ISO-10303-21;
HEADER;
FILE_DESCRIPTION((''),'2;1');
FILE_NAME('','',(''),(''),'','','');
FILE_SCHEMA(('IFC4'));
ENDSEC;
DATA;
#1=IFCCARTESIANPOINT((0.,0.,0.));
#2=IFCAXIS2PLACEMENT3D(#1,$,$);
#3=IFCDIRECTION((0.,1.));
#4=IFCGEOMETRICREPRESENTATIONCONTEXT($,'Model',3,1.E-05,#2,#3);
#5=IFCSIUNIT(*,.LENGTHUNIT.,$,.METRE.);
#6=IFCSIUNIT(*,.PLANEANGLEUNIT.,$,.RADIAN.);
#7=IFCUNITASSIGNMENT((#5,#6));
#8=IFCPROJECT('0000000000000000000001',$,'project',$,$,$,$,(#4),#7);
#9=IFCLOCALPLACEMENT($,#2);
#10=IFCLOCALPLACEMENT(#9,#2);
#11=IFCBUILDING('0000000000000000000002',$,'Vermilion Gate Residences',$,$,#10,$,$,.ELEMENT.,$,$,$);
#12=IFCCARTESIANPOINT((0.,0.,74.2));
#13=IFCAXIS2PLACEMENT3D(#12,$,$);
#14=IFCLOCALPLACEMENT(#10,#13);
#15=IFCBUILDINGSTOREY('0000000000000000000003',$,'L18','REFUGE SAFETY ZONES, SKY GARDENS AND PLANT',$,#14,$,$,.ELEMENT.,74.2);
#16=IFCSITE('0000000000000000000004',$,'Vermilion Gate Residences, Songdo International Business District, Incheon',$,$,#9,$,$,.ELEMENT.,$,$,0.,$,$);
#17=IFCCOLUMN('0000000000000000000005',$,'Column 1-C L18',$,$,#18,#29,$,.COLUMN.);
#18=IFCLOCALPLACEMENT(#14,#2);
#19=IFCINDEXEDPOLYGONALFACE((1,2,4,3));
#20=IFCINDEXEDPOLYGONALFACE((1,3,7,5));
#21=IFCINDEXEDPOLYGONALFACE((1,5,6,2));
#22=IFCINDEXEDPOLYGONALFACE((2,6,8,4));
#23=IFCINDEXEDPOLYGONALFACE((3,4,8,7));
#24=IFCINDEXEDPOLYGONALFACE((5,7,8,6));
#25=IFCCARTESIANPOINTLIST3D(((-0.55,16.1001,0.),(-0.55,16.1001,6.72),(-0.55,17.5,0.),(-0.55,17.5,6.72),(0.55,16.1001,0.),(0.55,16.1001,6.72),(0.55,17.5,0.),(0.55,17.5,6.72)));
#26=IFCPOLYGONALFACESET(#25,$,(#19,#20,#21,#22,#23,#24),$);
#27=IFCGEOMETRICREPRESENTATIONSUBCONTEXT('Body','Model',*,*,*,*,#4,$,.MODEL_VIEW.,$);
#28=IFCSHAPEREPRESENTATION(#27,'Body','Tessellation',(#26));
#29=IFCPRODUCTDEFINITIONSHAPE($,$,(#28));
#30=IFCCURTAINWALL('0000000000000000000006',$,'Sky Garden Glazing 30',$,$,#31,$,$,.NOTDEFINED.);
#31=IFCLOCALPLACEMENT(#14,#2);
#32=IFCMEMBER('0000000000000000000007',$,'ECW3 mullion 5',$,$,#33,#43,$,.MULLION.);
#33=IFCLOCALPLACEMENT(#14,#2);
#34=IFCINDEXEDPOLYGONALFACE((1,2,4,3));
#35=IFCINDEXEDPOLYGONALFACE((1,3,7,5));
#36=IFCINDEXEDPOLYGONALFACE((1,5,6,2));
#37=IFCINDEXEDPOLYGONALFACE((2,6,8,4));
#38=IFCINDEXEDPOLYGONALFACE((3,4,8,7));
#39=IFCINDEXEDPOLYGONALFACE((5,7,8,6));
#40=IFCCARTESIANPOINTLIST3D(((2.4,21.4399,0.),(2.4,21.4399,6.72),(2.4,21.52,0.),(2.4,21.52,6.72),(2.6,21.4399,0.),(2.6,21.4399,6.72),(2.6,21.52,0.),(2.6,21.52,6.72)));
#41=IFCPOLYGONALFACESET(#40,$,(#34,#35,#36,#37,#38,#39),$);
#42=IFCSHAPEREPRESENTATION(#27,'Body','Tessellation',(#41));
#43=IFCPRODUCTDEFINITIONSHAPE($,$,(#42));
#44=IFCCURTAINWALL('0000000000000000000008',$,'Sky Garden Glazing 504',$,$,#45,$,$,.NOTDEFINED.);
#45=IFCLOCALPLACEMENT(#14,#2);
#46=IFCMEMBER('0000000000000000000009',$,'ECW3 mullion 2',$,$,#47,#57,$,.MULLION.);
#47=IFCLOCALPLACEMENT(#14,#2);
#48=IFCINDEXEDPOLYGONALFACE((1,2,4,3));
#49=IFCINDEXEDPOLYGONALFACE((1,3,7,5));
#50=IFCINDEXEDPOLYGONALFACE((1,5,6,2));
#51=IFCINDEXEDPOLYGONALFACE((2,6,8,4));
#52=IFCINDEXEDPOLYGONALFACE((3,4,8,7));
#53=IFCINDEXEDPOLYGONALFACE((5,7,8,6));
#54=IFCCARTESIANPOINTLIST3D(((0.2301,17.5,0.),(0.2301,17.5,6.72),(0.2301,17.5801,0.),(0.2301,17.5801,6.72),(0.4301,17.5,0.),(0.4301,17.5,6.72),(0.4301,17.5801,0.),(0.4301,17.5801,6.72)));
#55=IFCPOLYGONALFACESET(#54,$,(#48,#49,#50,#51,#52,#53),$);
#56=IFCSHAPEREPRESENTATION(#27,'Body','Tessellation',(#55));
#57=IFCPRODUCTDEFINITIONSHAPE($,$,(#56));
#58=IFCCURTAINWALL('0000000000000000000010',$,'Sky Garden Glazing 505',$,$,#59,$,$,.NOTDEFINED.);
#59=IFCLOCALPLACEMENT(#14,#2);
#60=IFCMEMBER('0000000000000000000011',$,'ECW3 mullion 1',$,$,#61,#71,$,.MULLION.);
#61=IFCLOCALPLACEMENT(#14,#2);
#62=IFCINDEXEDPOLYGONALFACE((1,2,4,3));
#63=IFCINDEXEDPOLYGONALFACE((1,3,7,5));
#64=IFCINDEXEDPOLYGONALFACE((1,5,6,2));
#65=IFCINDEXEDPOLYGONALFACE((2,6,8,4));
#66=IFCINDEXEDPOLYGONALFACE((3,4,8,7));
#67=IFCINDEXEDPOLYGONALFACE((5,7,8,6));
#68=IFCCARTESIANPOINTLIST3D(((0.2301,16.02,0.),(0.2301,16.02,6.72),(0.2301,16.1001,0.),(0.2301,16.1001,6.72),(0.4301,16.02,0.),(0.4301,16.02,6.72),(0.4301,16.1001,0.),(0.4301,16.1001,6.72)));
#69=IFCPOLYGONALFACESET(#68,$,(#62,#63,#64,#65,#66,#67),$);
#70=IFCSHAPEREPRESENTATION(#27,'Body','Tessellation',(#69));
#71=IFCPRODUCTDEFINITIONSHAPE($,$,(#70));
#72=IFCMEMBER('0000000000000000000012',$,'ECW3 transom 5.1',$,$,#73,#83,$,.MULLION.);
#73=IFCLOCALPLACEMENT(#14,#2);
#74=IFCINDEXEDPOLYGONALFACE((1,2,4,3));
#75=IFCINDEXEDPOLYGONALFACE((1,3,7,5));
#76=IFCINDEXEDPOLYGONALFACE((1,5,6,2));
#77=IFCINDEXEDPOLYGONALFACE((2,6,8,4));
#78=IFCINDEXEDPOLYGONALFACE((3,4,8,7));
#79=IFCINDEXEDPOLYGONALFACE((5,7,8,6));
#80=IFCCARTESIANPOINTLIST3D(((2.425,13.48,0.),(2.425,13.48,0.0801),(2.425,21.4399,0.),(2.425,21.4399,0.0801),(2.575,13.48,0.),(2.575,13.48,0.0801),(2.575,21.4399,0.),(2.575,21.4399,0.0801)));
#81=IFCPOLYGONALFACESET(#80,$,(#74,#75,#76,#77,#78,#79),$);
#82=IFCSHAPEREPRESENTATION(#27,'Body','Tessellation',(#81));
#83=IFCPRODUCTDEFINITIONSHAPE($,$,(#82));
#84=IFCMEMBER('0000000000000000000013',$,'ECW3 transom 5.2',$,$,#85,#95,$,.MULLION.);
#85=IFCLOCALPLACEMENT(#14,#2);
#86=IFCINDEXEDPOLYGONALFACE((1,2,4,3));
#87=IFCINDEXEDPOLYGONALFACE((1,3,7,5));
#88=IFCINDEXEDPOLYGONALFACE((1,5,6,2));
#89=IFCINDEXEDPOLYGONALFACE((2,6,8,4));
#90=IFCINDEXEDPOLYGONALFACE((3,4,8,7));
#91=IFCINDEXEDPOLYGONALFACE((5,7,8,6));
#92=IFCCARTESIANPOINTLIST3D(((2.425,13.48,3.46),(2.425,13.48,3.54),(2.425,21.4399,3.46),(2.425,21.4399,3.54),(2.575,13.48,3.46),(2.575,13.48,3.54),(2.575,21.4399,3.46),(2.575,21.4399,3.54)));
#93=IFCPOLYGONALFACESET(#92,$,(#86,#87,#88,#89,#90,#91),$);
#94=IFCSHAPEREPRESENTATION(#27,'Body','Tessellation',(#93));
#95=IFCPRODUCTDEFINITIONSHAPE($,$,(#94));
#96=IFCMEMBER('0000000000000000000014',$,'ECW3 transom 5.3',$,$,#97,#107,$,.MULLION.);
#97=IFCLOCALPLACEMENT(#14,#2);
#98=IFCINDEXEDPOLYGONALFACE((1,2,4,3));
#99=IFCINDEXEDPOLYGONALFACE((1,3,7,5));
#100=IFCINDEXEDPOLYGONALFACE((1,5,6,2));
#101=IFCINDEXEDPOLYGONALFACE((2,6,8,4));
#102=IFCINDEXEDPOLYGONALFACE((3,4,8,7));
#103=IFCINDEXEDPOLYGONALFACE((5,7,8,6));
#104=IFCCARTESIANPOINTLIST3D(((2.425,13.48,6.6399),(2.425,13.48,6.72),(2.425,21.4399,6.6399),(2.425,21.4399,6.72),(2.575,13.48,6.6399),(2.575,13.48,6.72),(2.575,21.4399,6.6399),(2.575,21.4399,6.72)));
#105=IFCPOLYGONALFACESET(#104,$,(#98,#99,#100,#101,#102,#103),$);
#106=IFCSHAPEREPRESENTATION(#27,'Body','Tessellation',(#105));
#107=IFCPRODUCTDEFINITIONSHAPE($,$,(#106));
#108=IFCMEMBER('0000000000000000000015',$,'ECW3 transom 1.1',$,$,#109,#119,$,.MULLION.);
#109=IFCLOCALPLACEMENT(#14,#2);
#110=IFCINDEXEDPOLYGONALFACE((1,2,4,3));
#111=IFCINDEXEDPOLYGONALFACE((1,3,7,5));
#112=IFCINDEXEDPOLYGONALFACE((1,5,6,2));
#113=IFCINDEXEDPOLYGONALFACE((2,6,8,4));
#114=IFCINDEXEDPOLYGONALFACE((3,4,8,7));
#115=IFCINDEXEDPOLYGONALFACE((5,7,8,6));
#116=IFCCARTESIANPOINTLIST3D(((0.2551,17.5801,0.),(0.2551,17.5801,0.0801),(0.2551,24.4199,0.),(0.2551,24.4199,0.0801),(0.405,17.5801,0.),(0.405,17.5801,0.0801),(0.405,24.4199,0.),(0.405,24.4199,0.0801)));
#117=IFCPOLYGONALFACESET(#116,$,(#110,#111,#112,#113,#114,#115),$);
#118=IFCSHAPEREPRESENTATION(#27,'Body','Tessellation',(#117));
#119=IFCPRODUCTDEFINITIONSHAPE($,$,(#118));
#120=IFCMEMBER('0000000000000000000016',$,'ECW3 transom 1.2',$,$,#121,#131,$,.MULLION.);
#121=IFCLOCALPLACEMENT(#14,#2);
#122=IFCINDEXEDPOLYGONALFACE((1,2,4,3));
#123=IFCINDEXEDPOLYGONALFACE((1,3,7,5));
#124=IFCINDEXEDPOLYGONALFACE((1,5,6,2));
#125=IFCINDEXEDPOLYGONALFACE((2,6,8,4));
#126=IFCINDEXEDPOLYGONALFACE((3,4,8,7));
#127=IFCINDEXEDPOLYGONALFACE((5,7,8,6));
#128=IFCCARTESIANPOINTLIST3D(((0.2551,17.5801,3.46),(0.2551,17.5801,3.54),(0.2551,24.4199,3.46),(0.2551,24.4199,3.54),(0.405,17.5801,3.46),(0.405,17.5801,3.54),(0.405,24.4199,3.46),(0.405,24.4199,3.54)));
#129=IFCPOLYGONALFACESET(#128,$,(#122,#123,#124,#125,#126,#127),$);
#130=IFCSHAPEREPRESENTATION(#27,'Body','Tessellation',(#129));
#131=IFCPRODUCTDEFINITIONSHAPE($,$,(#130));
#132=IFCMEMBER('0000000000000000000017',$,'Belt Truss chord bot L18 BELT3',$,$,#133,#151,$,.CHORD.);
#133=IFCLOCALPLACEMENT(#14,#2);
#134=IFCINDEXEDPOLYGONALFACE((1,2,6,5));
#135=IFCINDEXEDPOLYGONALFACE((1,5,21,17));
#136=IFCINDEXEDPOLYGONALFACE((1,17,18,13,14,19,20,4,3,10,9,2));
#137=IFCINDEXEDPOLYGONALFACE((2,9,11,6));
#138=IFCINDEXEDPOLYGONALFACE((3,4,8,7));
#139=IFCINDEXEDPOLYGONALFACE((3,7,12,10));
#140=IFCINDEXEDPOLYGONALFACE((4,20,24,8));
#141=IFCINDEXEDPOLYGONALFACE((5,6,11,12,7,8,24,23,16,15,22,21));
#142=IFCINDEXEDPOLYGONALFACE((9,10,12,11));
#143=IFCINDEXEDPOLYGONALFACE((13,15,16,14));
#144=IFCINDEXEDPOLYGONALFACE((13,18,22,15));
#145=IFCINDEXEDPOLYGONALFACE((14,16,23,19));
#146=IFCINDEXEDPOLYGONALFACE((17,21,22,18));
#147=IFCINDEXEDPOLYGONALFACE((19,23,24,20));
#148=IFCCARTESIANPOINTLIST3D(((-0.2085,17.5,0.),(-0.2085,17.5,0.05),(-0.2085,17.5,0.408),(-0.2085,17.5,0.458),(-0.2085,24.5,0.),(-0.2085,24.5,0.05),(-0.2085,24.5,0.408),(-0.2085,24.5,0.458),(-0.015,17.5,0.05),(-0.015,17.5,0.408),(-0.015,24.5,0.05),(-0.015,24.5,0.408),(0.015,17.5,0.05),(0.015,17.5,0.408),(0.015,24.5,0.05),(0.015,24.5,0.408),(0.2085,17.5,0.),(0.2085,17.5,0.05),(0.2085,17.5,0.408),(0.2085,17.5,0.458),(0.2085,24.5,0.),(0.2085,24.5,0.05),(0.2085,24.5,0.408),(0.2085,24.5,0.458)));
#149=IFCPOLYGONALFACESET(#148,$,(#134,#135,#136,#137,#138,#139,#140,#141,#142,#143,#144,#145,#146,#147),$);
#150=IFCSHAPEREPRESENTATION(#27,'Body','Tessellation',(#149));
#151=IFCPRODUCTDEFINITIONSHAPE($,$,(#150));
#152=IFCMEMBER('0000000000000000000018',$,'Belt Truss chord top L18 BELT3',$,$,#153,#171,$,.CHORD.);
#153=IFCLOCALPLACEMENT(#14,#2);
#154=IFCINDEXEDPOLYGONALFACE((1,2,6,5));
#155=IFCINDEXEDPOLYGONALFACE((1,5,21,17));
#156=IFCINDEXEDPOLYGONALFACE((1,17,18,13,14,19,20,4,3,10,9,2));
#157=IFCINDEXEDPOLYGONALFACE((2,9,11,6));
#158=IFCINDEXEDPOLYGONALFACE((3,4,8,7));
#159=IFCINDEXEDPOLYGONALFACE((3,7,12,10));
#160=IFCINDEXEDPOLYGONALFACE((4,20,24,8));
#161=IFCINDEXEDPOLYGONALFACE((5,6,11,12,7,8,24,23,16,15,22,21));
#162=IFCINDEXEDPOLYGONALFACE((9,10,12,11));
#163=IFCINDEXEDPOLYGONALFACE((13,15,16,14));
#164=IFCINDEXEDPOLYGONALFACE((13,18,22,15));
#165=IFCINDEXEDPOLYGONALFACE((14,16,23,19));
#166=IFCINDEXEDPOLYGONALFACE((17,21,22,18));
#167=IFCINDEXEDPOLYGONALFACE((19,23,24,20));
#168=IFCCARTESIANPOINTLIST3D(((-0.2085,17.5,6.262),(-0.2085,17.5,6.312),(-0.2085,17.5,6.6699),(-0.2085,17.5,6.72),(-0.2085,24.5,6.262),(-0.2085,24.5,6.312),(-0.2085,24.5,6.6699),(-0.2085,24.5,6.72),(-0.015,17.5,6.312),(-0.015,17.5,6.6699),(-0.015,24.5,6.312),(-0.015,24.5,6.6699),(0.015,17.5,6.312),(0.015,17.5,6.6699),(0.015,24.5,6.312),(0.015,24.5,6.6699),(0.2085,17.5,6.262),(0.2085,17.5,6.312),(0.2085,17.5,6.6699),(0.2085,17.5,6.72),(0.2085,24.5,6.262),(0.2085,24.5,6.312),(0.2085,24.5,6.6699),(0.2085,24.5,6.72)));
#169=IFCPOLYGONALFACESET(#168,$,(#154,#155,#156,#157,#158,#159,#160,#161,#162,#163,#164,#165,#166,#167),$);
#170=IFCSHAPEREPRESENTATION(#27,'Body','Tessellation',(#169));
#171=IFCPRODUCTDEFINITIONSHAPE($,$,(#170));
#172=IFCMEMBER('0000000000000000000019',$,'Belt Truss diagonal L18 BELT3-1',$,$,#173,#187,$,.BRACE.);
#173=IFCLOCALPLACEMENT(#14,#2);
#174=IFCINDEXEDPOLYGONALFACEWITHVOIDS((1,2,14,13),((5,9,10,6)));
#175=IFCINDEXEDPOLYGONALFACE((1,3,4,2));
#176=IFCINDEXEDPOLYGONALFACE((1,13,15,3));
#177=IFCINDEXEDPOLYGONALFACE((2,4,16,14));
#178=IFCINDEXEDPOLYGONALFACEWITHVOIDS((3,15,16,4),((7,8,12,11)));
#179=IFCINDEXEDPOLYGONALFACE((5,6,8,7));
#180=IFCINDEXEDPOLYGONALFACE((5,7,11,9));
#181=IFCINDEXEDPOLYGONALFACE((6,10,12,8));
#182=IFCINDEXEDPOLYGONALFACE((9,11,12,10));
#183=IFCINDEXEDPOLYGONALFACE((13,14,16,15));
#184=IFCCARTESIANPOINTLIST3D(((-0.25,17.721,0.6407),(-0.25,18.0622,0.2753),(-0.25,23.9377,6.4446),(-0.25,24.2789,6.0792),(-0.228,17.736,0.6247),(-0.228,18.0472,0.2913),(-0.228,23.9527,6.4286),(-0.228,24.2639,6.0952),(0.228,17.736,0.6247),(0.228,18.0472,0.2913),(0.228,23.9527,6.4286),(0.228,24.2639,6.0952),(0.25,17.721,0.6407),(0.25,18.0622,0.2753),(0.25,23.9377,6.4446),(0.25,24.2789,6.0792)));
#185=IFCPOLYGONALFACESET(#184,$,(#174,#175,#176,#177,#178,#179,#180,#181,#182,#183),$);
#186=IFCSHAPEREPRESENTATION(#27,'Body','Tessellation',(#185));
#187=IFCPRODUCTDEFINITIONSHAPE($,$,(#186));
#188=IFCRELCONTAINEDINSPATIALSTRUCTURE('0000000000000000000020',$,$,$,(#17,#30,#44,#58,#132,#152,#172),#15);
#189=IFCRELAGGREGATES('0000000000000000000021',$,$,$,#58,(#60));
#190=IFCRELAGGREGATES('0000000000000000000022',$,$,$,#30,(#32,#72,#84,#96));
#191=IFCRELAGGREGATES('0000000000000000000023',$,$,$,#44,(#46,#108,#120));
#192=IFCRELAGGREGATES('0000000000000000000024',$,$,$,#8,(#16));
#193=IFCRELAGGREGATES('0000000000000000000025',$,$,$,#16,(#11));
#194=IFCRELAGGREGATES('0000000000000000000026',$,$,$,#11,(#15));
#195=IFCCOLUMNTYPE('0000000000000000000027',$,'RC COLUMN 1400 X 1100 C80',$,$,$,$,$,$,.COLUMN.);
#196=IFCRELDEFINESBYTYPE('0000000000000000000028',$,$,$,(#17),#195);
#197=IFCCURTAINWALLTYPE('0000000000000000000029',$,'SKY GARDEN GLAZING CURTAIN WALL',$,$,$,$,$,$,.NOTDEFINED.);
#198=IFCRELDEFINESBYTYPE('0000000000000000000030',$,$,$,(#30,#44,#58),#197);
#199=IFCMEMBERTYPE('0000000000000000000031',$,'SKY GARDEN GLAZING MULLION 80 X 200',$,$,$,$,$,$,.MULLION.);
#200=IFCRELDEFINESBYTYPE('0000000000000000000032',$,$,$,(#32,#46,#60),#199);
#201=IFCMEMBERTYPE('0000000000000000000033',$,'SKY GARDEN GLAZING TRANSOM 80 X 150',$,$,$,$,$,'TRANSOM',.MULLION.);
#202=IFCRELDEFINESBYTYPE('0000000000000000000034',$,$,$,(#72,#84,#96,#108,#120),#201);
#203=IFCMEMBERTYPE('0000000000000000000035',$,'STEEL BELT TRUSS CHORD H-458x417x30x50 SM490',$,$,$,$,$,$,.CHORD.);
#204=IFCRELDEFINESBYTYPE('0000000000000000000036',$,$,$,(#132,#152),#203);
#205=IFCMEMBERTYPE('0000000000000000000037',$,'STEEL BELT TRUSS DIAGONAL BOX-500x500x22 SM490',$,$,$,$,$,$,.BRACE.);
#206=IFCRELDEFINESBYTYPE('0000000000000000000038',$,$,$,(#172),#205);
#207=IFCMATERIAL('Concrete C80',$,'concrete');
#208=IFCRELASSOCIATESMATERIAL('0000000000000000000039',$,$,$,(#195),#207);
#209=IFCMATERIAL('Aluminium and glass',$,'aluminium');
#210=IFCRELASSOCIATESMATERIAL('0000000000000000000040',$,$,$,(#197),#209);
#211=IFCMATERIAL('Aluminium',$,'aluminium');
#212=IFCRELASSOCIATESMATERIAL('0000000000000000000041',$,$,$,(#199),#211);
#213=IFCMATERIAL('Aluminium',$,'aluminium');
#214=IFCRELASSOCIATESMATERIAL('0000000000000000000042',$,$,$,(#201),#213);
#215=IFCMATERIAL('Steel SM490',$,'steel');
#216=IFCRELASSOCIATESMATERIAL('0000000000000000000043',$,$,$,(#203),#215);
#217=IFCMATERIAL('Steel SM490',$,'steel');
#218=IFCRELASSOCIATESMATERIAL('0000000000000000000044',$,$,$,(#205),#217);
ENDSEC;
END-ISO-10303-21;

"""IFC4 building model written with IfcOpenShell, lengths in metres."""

from ifc_helpers import new_model, si_unit, direction, frame, origin, origin_2d, place, context, subcontext, project, spatial, rectangle, hollow_rectangle, i_section, extrude, material, material_profile, profile_set, type_object, element, aggregate, save


model = new_model("IFC4")

# Units and contexts
model_context = context("Model", 3, precision=1e-05, world=origin(), true_north=direction((0.0, 1.0)))
body_context = subcontext(model_context, "Body", "Model", "MODEL_VIEW")
ifc_project = project(units=[si_unit("LENGTHUNIT", "METRE"), si_unit("PLANEANGLEUNIT", "RADIAN")], contexts=[model_context])

# Site, building, storey
site_placement = place(None, origin())
site = spatial("IfcSite", under=ifc_project, at=site_placement, Name="Vermilion Gate Residences, Songdo International Business District, Incheon", CompositionType="ELEMENT", RefElevation=0.0)
building_placement = place(site_placement, origin())
building = spatial("IfcBuilding", under=site, at=building_placement, Name="Vermilion Gate Residences", CompositionType="ELEMENT")
storey_placement = place(building_placement, frame((0.0, 0.0, 74.2)))
storey = spatial("IfcBuildingStorey", under=building, at=storey_placement, Name="L18", Description="REFUGE SAFETY ZONES, SKY GARDENS AND PLANT", CompositionType="ELEMENT", Elevation=74.2)

# Column
ifc_material_1 = material(Name="Concrete C80", Category="concrete")
ifc_material_profile_1 = material_profile(ifc_material_1, rectangle(XDim=1.3999, YDim=1.1001, at=origin_2d()), Name="RC-1400x1100")
ifc_profile_set_1 = profile_set([ifc_material_profile_1], Name="Concrete C80")
column_type = type_object("IfcColumnType", Name="RC COLUMN 1400 X 1100 C80", PredefinedType="COLUMN", material=ifc_profile_set_1)
column_placement = place(storey_placement, frame((0.0, 16.8, 0.0), z_axis=(0.0, 0.0, 1.0), x_axis=(0.0, 1.0, 0.0)))
element("IfcColumn", 1, at=column_placement, inside=storey, type_object=column_type, Name="Column 1-C L18", PredefinedType="COLUMN", context=body_context, shape_type="SweptSolid", body=[
    extrude(rectangle(XDim=1.3999, YDim=1.1001, at=origin_2d()), origin(), (0.0, 0.0, 1.0), 6.72),
])

# Curtain walls, members
ifc_material_2 = material(Name="Aluminium and glass", Category="aluminium")
curtain_wall_type = type_object("IfcCurtainWallType", Name="SKY GARDEN GLAZING CURTAIN WALL", PredefinedType="NOTDEFINED", material=ifc_material_2)
curtain_wall_1_placement = place(storey_placement, origin())
curtain_wall_1 = element("IfcCurtainWall", 2, at=curtain_wall_1_placement, inside=storey, type_object=curtain_wall_type, Name="Sky Garden Glazing 30", PredefinedType="NOTDEFINED")
ifc_material_3 = material(Name="Aluminium", Category="aluminium")
ifc_material_profile_2 = material_profile(ifc_material_3, rectangle(XDim=0.2, YDim=0.0801, at=origin_2d()), Name="MULLION 80 X 200")
ifc_profile_set_2 = profile_set([ifc_material_profile_2], Name="Aluminium")
member_type_1 = type_object("IfcMemberType", Name="SKY GARDEN GLAZING MULLION 80 X 200", PredefinedType="MULLION", material=ifc_profile_set_2)
member_1_placement = place(storey_placement, frame((2.5, 21.48, 0.0), z_axis=(0.0, 0.0, 1.0), x_axis=(1.0, 0.0, 0.0)))
member_1 = element("IfcMember", 3, at=member_1_placement, type_object=member_type_1, Name="ECW3 mullion 5", PredefinedType="MULLION", context=body_context, shape_type="SweptSolid", body=[
    extrude(rectangle(XDim=0.2, YDim=0.0801, at=origin_2d()), origin(), (0.0, 0.0, 1.0), 6.72),
])
curtain_wall_2_placement = place(storey_placement, origin())
curtain_wall_2 = element("IfcCurtainWall", 4, at=curtain_wall_2_placement, inside=storey, type_object=curtain_wall_type, Name="Sky Garden Glazing 504", PredefinedType="NOTDEFINED")
member_2_placement = place(storey_placement, frame((0.3301, 17.54, 0.0), z_axis=(0.0, 0.0, 1.0), x_axis=(1.0, 0.0, 0.0)))
member_2 = element("IfcMember", 5, at=member_2_placement, type_object=member_type_1, Name="ECW3 mullion 2", PredefinedType="MULLION", context=body_context, shape_type="SweptSolid", body=[
    extrude(rectangle(XDim=0.2, YDim=0.0801, at=origin_2d()), origin(), (0.0, 0.0, 1.0), 6.72),
])
curtain_wall_3_placement = place(storey_placement, origin())
curtain_wall_3 = element("IfcCurtainWall", 6, at=curtain_wall_3_placement, inside=storey, type_object=curtain_wall_type, Name="Sky Garden Glazing 505", PredefinedType="NOTDEFINED")
member_3_placement = place(storey_placement, frame((0.3301, 16.0601, 0.0), z_axis=(0.0, 0.0, 1.0), x_axis=(1.0, 0.0, 0.0)))
member_3 = element("IfcMember", 7, at=member_3_placement, type_object=member_type_1, Name="ECW3 mullion 1", PredefinedType="MULLION", context=body_context, shape_type="SweptSolid", body=[
    extrude(rectangle(XDim=0.2, YDim=0.0801, at=origin_2d()), origin(), (0.0, 0.0, 1.0), 6.72),
])
aggregate(curtain_wall_3, [member_3])

# Members
ifc_material_4 = material(Name="Aluminium", Category="aluminium")
ifc_material_profile_3 = material_profile(ifc_material_4, rectangle(XDim=0.1499, YDim=0.0801, at=origin_2d()), Name="TRANSOM 80 X 150")
ifc_profile_set_3 = profile_set([ifc_material_profile_3], Name="Aluminium")
member_type_2 = type_object("IfcMemberType", Name="SKY GARDEN GLAZING TRANSOM 80 X 150", ElementType="TRANSOM", PredefinedType="MULLION", material=ifc_profile_set_3)
member_4_placement = place(storey_placement, frame((2.5, 21.4399, 0.04), z_axis=(0.0, -1.0, 0.0), x_axis=(1.0, 0.0, 0.0)))
member_4 = element("IfcMember", 8, at=member_4_placement, type_object=member_type_2, Name="ECW3 transom 5.1", PredefinedType="MULLION", context=body_context, shape_type="SweptSolid", body=[
    extrude(rectangle(XDim=0.1499, YDim=0.0801, at=origin_2d()), origin(), (0.0, 0.0, 1.0), 7.96),
])
member_5_placement = place(storey_placement, frame((2.5, 21.4399, 3.5), z_axis=(0.0, -1.0, 0.0), x_axis=(1.0, 0.0, 0.0)))
member_5 = element("IfcMember", 9, at=member_5_placement, type_object=member_type_2, Name="ECW3 transom 5.2", PredefinedType="MULLION", context=body_context, shape_type="SweptSolid", body=[
    extrude(rectangle(XDim=0.1499, YDim=0.0801, at=origin_2d()), origin(), (0.0, 0.0, 1.0), 7.96),
])
member_6_placement = place(storey_placement, frame((2.5, 21.4399, 6.6799), z_axis=(0.0, -1.0, 0.0), x_axis=(1.0, 0.0, 0.0)))
member_6 = element("IfcMember", 10, at=member_6_placement, type_object=member_type_2, Name="ECW3 transom 5.3", PredefinedType="MULLION", context=body_context, shape_type="SweptSolid", body=[
    extrude(rectangle(XDim=0.1499, YDim=0.0801, at=origin_2d()), origin(), (0.0, 0.0, 1.0), 7.96),
])
member_7_placement = place(storey_placement, frame((0.3301, 24.4199, 0.04), z_axis=(0.0, -1.0, 0.0), x_axis=(1.0, 0.0, 0.0)))
member_7 = element("IfcMember", 11, at=member_7_placement, type_object=member_type_2, Name="ECW3 transom 1.1", PredefinedType="MULLION", context=body_context, shape_type="SweptSolid", body=[
    extrude(rectangle(XDim=0.1499, YDim=0.0801, at=origin_2d()), origin(), (0.0, 0.0, 1.0), 6.8398),
])
member_8_placement = place(storey_placement, frame((0.3301, 24.4199, 3.5), z_axis=(0.0, -1.0, 0.0), x_axis=(1.0, 0.0, 0.0)))
member_8 = element("IfcMember", 12, at=member_8_placement, type_object=member_type_2, Name="ECW3 transom 1.2", PredefinedType="MULLION", context=body_context, shape_type="SweptSolid", body=[
    extrude(rectangle(XDim=0.1499, YDim=0.0801, at=origin_2d()), origin(), (0.0, 0.0, 1.0), 6.8398),
])

# Members
ifc_material_5 = material(Name="Steel SM490", Category="steel")
ifc_material_profile_4 = material_profile(ifc_material_5, i_section(OverallWidth=0.417, OverallDepth=0.458, WebThickness=0.03, FlangeThickness=0.05, at=origin_2d()), Name="H-458x417x30x50")
ifc_profile_set_4 = profile_set([ifc_material_profile_4], Name="Steel SM490")
member_type_3 = type_object("IfcMemberType", Name="STEEL BELT TRUSS CHORD H-458x417x30x50 SM490", PredefinedType="CHORD", material=ifc_profile_set_4)
for number, where, z_axis, x_axis, name in (
    (13, (0.0, 17.5, 0.229), (0.0, 1.0, 0.0), (-1.0, 0.0, 0.0), "Belt Truss chord bot L18 BELT3"),
    (14, (0.0, 17.5, 6.491), (0.0, 1.0, 0.0), (-1.0, 0.0, 0.0), "Belt Truss chord top L18 BELT3"),
):
    element("IfcMember", number, at=place(storey_placement, frame(where, z_axis=z_axis, x_axis=x_axis)), inside=storey, type_object=member_type_3, Name=name, PredefinedType="CHORD", context=body_context, shape_type="SweptSolid", body=[
        extrude(i_section(OverallWidth=0.417, OverallDepth=0.458, WebThickness=0.03, FlangeThickness=0.05, at=origin_2d()), origin(), (0.0, 0.0, 1.0), 7.0),
    ])
ifc_material_6 = material(Name="Steel SM490", Category="steel")
ifc_material_profile_5 = material_profile(ifc_material_6, hollow_rectangle(XDim=0.5, YDim=0.5, WallThickness=0.022, at=origin_2d()), Name="BOX-500x500x22")
ifc_profile_set_5 = profile_set([ifc_material_profile_5], Name="Steel SM490")
member_type_4 = type_object("IfcMemberType", Name="STEEL BELT TRUSS DIAGONAL BOX-500x500x22 SM490", PredefinedType="BRACE", material=ifc_profile_set_5)
member_9_placement = place(storey_placement, frame((0.0, 17.8916, 0.458), z_axis=(0.0, 0.730961, 0.682419), x_axis=(-1.0, 0.0, 0.0)))
element("IfcMember", 15, at=member_9_placement, inside=storey, type_object=member_type_4, Name="Belt Truss diagonal L18 BELT3-1", PredefinedType="BRACE", context=body_context, shape_type="SweptSolid", body=[
    extrude(hollow_rectangle(XDim=0.5, YDim=0.5, WallThickness=0.022, at=origin_2d()), origin(), (0.0, 0.0, 1.0), 8.5049),
])

aggregate(curtain_wall_1, [member_1, member_4, member_5, member_6])
aggregate(curtain_wall_2, [member_2, member_7, member_8])

save(model, "model.ifc")
